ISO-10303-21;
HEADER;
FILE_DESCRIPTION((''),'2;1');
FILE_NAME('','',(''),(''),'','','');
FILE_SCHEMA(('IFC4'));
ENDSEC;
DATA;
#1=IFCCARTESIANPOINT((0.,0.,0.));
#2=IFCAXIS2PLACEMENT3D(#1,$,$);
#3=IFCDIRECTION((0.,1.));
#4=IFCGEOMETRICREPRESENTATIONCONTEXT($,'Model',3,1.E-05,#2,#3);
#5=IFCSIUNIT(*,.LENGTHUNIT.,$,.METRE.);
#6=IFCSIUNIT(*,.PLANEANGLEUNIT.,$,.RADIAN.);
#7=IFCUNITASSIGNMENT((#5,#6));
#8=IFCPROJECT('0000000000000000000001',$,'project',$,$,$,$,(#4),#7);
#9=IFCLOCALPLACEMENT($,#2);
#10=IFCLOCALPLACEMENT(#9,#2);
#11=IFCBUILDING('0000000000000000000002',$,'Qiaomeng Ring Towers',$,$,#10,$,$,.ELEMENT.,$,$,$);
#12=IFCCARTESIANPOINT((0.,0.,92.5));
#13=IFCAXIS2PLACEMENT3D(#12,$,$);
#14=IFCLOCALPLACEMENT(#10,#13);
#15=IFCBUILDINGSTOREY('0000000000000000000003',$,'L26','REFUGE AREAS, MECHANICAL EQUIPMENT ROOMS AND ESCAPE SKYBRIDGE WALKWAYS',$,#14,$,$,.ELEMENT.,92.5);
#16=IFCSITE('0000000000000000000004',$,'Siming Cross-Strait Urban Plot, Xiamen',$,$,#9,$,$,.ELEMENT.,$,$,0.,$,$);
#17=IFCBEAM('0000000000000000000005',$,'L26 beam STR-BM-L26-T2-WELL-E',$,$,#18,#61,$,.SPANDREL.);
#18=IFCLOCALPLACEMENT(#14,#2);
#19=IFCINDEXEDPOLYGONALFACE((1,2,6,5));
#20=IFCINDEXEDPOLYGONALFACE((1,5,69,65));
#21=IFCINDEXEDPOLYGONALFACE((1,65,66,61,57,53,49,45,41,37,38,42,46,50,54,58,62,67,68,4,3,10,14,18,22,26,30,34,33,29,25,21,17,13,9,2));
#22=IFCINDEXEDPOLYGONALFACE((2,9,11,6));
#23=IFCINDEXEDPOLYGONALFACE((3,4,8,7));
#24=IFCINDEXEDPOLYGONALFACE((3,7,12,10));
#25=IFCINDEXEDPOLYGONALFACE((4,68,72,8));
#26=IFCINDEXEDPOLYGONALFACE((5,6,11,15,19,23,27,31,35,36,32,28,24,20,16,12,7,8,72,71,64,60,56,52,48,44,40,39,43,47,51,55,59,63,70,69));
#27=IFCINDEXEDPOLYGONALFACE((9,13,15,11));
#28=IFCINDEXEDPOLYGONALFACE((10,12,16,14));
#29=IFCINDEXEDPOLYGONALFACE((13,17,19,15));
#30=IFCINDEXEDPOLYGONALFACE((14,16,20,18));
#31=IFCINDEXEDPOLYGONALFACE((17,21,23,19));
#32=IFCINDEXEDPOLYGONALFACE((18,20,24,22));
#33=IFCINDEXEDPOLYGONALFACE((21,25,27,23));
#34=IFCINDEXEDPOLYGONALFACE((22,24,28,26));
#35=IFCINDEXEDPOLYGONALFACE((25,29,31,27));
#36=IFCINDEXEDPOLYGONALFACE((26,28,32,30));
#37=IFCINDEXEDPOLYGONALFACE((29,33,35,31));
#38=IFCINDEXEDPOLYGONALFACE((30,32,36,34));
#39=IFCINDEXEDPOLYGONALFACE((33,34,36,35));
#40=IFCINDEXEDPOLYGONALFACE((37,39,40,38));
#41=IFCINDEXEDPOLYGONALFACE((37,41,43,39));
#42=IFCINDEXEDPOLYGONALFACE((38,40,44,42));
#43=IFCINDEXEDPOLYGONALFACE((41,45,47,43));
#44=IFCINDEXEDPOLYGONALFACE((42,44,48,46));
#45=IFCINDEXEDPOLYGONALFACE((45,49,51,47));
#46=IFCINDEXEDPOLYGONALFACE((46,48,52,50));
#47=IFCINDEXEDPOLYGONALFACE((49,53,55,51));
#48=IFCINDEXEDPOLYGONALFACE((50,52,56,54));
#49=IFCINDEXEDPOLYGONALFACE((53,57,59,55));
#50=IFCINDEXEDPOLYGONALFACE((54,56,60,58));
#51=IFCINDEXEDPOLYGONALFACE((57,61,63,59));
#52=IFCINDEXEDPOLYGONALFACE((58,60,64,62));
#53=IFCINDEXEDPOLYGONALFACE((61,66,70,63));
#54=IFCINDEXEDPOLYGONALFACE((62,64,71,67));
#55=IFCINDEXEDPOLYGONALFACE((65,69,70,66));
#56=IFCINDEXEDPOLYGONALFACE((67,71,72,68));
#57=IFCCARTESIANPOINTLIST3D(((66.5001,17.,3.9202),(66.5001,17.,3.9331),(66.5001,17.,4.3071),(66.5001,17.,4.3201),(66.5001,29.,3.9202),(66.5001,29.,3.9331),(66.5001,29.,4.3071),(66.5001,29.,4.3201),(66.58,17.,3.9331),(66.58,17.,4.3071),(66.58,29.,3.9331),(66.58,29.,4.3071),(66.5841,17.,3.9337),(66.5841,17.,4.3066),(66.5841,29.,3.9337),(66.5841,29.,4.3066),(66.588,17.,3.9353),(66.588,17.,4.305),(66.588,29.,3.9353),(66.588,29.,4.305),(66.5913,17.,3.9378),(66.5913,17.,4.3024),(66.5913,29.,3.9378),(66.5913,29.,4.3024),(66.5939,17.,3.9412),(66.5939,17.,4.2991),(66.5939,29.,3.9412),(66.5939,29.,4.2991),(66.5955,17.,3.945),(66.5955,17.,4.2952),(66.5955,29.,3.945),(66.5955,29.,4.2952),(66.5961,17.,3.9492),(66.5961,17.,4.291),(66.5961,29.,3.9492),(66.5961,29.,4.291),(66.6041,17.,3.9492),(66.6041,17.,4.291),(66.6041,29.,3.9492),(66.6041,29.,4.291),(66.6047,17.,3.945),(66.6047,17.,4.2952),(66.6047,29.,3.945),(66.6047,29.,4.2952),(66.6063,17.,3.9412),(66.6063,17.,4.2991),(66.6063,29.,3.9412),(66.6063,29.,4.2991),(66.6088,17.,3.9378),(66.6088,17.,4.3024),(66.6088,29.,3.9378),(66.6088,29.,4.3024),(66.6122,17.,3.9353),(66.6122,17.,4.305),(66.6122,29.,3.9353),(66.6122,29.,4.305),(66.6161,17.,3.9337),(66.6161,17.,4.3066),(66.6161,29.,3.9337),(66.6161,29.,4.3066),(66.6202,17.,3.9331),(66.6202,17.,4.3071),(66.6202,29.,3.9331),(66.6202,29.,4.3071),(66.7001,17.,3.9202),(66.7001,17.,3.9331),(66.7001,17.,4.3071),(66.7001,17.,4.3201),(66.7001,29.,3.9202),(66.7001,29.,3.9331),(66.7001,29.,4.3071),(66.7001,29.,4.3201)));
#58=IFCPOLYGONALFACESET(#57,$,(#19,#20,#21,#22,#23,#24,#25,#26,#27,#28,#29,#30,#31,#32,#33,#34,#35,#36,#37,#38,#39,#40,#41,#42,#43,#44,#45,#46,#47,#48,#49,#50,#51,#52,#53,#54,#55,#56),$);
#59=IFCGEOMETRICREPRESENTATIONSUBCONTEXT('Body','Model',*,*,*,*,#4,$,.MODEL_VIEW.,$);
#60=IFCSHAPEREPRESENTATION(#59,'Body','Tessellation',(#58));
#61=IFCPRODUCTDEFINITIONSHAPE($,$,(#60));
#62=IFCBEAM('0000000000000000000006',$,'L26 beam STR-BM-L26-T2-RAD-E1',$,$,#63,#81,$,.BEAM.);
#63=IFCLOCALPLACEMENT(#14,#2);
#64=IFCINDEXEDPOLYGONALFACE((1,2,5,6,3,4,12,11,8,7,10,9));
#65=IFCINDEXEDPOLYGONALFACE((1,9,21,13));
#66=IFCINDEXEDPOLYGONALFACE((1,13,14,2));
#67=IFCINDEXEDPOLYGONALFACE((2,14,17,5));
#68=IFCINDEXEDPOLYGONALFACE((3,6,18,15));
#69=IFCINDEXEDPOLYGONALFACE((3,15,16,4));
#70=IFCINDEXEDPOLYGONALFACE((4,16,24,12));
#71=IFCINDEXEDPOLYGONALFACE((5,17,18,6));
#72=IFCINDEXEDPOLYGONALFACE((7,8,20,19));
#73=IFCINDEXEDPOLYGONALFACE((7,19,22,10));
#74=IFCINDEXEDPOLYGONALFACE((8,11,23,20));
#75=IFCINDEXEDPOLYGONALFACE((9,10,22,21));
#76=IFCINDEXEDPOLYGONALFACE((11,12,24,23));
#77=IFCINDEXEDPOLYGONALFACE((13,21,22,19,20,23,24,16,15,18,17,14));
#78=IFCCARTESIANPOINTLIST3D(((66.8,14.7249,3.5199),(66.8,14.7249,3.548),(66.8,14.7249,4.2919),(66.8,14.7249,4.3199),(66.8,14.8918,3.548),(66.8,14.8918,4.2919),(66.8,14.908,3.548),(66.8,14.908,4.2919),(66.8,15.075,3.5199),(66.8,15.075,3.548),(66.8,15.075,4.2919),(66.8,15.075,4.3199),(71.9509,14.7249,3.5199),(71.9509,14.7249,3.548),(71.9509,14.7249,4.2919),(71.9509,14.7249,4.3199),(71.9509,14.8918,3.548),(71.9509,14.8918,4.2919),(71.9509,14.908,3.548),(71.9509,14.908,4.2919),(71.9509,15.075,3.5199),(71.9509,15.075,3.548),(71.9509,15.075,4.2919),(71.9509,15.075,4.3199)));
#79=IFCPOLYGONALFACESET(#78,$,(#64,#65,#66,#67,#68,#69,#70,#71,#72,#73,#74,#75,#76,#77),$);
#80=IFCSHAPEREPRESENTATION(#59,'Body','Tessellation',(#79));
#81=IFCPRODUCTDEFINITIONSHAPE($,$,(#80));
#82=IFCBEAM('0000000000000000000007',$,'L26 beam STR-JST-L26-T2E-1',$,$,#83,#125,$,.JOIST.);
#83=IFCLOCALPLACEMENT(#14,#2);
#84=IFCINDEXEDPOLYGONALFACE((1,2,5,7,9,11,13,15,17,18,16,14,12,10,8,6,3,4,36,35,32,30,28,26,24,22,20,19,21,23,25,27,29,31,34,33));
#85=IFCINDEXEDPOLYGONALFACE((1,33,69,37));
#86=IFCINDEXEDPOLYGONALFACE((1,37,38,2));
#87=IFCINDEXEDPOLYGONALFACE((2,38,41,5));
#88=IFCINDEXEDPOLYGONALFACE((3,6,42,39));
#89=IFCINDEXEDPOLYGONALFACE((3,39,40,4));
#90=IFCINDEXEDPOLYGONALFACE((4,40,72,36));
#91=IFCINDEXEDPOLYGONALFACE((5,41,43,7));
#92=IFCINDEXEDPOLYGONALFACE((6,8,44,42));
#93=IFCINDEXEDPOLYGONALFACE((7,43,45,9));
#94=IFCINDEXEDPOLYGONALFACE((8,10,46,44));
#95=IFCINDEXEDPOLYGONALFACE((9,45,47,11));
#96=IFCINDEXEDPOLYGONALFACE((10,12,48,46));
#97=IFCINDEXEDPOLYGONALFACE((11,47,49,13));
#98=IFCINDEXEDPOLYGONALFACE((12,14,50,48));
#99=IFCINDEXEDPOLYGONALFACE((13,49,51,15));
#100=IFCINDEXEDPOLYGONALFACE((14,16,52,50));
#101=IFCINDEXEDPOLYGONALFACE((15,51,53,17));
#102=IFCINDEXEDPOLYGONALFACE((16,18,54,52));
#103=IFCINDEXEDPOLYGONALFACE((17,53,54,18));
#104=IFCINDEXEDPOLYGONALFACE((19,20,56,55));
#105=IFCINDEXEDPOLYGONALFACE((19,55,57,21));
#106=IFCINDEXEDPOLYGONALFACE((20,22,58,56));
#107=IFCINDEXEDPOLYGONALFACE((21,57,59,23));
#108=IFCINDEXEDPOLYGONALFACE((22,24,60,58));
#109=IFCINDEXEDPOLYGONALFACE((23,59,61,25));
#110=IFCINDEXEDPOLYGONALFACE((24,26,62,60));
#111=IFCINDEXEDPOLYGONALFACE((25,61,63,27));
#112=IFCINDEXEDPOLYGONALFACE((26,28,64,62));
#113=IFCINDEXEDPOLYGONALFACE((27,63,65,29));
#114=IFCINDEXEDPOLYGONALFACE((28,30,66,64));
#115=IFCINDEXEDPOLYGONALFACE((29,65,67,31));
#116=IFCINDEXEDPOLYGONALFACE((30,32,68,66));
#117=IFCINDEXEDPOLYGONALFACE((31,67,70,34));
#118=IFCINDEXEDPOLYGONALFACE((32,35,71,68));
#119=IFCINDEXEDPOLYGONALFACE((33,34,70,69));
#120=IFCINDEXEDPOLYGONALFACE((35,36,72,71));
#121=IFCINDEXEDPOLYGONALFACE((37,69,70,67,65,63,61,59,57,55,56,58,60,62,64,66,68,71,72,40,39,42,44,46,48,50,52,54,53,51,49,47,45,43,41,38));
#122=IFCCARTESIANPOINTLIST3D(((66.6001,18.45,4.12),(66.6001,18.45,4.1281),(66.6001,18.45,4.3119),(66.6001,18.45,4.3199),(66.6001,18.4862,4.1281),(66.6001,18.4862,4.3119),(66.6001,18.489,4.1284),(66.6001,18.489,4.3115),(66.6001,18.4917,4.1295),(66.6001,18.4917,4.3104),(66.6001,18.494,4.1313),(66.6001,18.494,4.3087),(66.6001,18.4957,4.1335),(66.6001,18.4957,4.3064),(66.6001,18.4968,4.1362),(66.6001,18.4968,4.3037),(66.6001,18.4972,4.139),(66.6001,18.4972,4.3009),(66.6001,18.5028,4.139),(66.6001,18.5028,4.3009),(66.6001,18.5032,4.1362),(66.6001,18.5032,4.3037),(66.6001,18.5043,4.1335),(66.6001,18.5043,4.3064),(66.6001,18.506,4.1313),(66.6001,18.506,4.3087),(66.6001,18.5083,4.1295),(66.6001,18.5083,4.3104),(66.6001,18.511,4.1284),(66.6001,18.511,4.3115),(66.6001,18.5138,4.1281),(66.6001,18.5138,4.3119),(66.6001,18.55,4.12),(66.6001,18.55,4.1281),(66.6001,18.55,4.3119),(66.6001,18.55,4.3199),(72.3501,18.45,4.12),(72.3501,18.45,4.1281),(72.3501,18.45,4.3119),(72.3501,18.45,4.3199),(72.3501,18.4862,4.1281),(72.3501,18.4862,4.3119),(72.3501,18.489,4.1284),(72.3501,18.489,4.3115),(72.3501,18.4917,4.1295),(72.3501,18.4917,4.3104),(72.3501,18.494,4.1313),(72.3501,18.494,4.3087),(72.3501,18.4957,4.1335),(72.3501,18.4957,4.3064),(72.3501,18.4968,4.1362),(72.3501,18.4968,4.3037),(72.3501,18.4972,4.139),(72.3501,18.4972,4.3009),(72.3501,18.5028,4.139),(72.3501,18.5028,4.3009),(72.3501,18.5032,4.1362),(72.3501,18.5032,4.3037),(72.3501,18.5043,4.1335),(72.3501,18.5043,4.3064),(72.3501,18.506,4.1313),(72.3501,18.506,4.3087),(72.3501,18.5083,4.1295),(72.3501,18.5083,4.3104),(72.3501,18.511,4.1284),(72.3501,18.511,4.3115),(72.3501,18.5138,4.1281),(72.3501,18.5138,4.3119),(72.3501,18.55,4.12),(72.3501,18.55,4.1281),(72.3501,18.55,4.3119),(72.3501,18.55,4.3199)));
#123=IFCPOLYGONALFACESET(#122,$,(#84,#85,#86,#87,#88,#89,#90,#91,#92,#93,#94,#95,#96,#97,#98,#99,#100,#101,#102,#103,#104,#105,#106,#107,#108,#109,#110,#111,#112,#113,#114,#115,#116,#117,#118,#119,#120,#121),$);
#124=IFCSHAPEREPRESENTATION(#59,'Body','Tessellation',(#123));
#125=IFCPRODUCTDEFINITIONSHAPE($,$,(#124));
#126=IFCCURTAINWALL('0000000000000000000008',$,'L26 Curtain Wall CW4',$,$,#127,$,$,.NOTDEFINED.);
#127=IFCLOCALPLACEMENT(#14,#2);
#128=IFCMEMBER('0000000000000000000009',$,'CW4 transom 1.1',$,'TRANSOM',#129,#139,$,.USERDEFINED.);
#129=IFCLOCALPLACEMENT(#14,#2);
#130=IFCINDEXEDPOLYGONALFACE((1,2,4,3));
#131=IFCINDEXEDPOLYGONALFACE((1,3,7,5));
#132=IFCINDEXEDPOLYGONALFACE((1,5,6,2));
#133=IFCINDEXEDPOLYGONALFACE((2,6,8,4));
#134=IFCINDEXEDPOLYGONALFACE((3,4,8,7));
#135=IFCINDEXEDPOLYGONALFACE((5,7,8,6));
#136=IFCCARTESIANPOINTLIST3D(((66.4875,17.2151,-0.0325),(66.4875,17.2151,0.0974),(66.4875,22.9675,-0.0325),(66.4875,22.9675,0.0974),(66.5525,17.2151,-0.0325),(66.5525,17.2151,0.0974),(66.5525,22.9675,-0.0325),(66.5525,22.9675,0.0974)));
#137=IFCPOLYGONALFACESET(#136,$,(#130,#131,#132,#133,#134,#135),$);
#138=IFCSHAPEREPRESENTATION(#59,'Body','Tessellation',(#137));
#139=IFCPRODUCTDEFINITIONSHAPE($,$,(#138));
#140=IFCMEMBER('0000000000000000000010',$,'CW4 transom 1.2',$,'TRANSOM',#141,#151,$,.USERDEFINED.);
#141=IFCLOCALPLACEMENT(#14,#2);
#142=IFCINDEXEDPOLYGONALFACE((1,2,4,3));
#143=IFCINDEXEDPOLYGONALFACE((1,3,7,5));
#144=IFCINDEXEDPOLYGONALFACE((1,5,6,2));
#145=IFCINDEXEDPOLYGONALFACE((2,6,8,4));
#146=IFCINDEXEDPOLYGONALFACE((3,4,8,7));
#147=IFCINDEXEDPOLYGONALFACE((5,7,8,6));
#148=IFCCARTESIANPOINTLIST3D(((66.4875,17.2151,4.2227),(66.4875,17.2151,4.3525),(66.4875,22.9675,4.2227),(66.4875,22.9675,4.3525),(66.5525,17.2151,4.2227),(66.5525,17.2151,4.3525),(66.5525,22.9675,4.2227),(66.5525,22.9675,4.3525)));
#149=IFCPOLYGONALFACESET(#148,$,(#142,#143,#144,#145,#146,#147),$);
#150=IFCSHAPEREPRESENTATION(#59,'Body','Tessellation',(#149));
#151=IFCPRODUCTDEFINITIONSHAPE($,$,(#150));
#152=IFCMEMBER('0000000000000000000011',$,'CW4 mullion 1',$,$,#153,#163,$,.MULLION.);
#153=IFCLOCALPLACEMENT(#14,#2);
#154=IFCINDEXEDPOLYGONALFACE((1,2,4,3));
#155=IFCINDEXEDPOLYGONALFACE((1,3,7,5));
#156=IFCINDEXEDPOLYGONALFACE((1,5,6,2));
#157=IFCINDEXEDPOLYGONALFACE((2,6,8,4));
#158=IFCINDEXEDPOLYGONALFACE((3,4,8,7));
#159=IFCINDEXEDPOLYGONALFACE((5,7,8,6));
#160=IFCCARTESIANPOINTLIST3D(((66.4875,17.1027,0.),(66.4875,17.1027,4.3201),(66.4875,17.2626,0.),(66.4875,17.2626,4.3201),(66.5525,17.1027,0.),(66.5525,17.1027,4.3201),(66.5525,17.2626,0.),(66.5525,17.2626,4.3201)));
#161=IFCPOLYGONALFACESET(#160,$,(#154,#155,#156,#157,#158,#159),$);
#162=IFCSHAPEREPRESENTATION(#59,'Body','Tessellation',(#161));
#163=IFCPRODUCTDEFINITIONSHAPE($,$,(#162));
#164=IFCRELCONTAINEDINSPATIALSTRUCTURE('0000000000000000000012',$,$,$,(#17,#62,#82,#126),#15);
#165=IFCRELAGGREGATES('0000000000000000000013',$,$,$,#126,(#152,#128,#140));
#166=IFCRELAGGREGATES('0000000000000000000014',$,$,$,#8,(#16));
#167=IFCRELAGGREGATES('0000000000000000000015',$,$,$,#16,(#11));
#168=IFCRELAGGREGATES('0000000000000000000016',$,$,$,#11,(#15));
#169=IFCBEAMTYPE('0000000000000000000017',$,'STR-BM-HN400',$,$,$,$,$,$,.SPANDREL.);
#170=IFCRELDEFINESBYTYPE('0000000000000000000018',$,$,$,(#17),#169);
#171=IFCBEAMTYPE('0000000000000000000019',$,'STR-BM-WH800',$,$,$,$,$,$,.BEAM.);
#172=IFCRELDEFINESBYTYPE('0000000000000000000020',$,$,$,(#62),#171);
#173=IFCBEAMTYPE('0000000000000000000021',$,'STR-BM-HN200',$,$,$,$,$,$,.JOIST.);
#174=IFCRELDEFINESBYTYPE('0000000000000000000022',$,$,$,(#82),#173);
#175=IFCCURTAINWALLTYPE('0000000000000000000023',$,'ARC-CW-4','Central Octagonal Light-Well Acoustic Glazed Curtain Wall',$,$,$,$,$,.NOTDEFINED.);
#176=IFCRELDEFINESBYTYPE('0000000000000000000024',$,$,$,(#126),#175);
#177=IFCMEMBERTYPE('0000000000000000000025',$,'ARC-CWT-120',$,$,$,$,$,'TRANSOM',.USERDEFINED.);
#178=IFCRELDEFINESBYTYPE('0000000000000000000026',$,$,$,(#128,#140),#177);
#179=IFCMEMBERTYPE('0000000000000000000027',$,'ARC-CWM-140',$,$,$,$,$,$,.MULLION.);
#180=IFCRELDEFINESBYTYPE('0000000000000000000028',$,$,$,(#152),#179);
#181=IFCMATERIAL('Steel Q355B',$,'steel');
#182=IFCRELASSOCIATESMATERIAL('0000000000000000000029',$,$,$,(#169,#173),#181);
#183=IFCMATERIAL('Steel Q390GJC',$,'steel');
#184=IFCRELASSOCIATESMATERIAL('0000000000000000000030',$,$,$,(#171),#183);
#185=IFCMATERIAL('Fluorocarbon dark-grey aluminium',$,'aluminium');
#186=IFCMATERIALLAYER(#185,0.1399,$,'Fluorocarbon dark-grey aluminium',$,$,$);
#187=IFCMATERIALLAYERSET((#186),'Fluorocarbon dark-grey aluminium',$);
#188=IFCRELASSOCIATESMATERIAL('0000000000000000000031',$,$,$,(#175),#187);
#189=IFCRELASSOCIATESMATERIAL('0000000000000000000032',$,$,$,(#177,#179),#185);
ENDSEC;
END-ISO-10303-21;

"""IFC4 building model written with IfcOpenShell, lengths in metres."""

from ifc_helpers import new_model, si_unit, direction, frame, origin, origin_2d, place, context, subcontext, project, spatial, rectangle, i_section, extrude, source, transform, mapped, material, layer, layer_set, material_profile, profile_set, type_object, element, aggregate, save


model = new_model("IFC4")

# Units and contexts
model_context = context("Model", 3, precision=1e-05, world=origin(), true_north=direction((0.0, 1.0)))
body_context = subcontext(model_context, "Body", "Model", "MODEL_VIEW")
ifc_project = project(units=[si_unit("LENGTHUNIT", "METRE"), si_unit("PLANEANGLEUNIT", "RADIAN")], contexts=[model_context])

# Site, building, storey
site_placement = place(None, origin())
site = spatial("IfcSite", under=ifc_project, at=site_placement, Name="Siming Cross-Strait Urban Plot, Xiamen", CompositionType="ELEMENT", RefElevation=0.0)
building_placement = place(site_placement, origin())
building = spatial("IfcBuilding", under=site, at=building_placement, Name="Qiaomeng Ring Towers", CompositionType="ELEMENT")
storey_placement = place(building_placement, frame((0.0, 0.0, 92.5)))
storey = spatial("IfcBuildingStorey", under=building, at=storey_placement, Name="L26", Description="REFUGE AREAS, MECHANICAL EQUIPMENT ROOMS AND ESCAPE SKYBRIDGE WALKWAYS", CompositionType="ELEMENT", Elevation=92.5)

# Beams
ifc_material_1 = material(Name="Steel Q355B", Category="steel")
ifc_material_profile_1 = material_profile(ifc_material_1, i_section(OverallWidth=0.2, OverallDepth=0.3999, WebThickness=0.0081, FlangeThickness=0.0129, FilletRadius=0.0161, at=origin_2d()), Name="HN 400x200x8x13")
ifc_profile_set_1 = profile_set([ifc_material_profile_1], Name="Steel Q355B")
beam_type_1 = type_object("IfcBeamType", Name="STR-BM-HN400", PredefinedType="SPANDREL", material=ifc_profile_set_1)
shared_shape_1 = source(origin(), body_context, "Body", "SweptSolid", [
    extrude(i_section(OverallWidth=0.2, OverallDepth=0.3999, WebThickness=0.0081, FlangeThickness=0.0129, FilletRadius=0.0161, at=origin_2d()), origin(), (0.0, 0.0, 1.0), 12.0),
])
beam_1_placement = place(storey_placement, frame((66.6001, 17.0, 4.1201), z_axis=(0.0, 1.0, 0.0), x_axis=(-1.0, 0.0, 0.0)))
element("IfcBeam", 1, at=beam_1_placement, inside=storey, type_object=beam_type_1, Name="L26 beam STR-BM-L26-T2-WELL-E", PredefinedType="SPANDREL", context=body_context, shape_type="MappedRepresentation", body=[
    mapped(shared_shape_1, transform((0.0, 0.0, 0.0), x_axis=(1.0, 0.0, 0.0), y_axis=(0.0, 1.0, 0.0), z_axis=(0.0, 0.0, 1.0), scale=1.0)),
])
ifc_material_2 = material(Name="Steel Q390GJC", Category="steel")
ifc_material_profile_2 = material_profile(ifc_material_2, i_section(OverallWidth=0.3501, OverallDepth=0.8, WebThickness=0.0161, FlangeThickness=0.0281, at=origin_2d()), Name="WH 800x350x16x28")
ifc_profile_set_2 = profile_set([ifc_material_profile_2], Name="Steel Q390GJC")
beam_type_2 = type_object("IfcBeamType", Name="STR-BM-WH800", PredefinedType="BEAM", material=ifc_profile_set_2)
shared_shape_2 = source(origin(), body_context, "Body", "SweptSolid", [
    extrude(i_section(OverallWidth=0.3501, OverallDepth=0.8, WebThickness=0.0161, FlangeThickness=0.0281, at=origin_2d()), origin(), (0.0, 0.0, 1.0), 5.1509),
])
beam_2_placement = place(storey_placement, frame((66.8, 14.8999, 3.9199), z_axis=(1.0, 0.0, 0.0), x_axis=(0.0, 1.0, 0.0)))
element("IfcBeam", 2, at=beam_2_placement, inside=storey, type_object=beam_type_2, Name="L26 beam STR-BM-L26-T2-RAD-E1", PredefinedType="BEAM", context=body_context, shape_type="MappedRepresentation", body=[
    mapped(shared_shape_2, transform((0.0, 0.0, 0.0), x_axis=(1.0, 0.0, 0.0), y_axis=(0.0, 1.0, 0.0), z_axis=(0.0, 0.0, 1.0), scale=1.0)),
])
ifc_material_profile_3 = material_profile(ifc_material_1, i_section(OverallWidth=0.1001, OverallDepth=0.2, WebThickness=0.0056, FlangeThickness=0.0081, FilletRadius=0.011, at=origin_2d()), Name="HN 200x100x5.5x8")
ifc_profile_set_3 = profile_set([ifc_material_profile_3], Name="Steel Q355B")
beam_type_3 = type_object("IfcBeamType", Name="STR-BM-HN200", PredefinedType="JOIST", material=ifc_profile_set_3)
shared_shape_3 = source(origin(), body_context, "Body", "SweptSolid", [
    extrude(i_section(OverallWidth=0.1001, OverallDepth=0.2, WebThickness=0.0056, FlangeThickness=0.0081, FilletRadius=0.011, at=origin_2d()), origin(), (0.0, 0.0, 1.0), 5.75),
])
beam_3_placement = place(storey_placement, frame((66.6001, 18.5, 4.22), z_axis=(1.0, 0.0, 0.0), x_axis=(0.0, 1.0, 0.0)))
element("IfcBeam", 3, at=beam_3_placement, inside=storey, type_object=beam_type_3, Name="L26 beam STR-JST-L26-T2E-1", PredefinedType="JOIST", context=body_context, shape_type="MappedRepresentation", body=[
    mapped(shared_shape_3, transform((0.0, 0.0, 0.0), x_axis=(1.0, 0.0, 0.0), y_axis=(0.0, 1.0, 0.0), z_axis=(0.0, 0.0, 1.0), scale=1.0)),
])

# Curtain wall, members
ifc_material_3 = material(Name="Fluorocarbon dark-grey aluminium", Category="aluminium")
ifc_layer_1 = layer(ifc_material_3, 0.1399, Name="Fluorocarbon dark-grey aluminium")
ifc_layer_set_1 = layer_set([ifc_layer_1], Name="Fluorocarbon dark-grey aluminium")
curtain_wall_type_1 = type_object("IfcCurtainWallType", Name="ARC-CW-4", Description="Central Octagonal Light-Well Acoustic Glazed Curtain Wall", PredefinedType="NOTDEFINED", material=ifc_layer_set_1)
curtain_wall_1_placement = place(storey_placement, origin())
curtain_wall_1 = element("IfcCurtainWall", 4, at=curtain_wall_1_placement, inside=storey, type_object=curtain_wall_type_1, Name="L26 Curtain Wall CW4", PredefinedType="NOTDEFINED")
ifc_material_profile_4 = material_profile(ifc_material_3, rectangle(XDim=0.0649, YDim=0.1299, at=origin_2d()), Name="ALU TRAN 65x130")
ifc_profile_set_4 = profile_set([ifc_material_profile_4], Name="Fluorocarbon dark-grey aluminium")
member_type_1 = type_object("IfcMemberType", Name="ARC-CWT-120", ElementType="TRANSOM", PredefinedType="USERDEFINED", material=ifc_profile_set_4)
shared_shape_4 = source(origin(), body_context, "Body", "SweptSolid", [
    extrude(rectangle(XDim=0.0649, YDim=0.1299, at=origin_2d()), origin(), (0.0, 0.0, 1.0), 5.7524),
])
member_1_placement = place(storey_placement, frame((66.52, 17.2151, 0.0325), z_axis=(0.0, 1.0, 0.0), x_axis=(-1.0, 0.0, 0.0)))
member_1 = element("IfcMember", 5, at=member_1_placement, type_object=member_type_1, Name="CW4 transom 1.1", ObjectType="TRANSOM", PredefinedType="USERDEFINED", context=body_context, shape_type="MappedRepresentation", body=[
    mapped(shared_shape_4, transform((0.0, 0.0, 0.0), x_axis=(1.0, 0.0, 0.0), y_axis=(0.0, 1.0, 0.0), z_axis=(0.0, 0.0, 1.0), scale=1.0)),
])
member_2_placement = place(storey_placement, frame((66.52, 17.2151, 4.2876), z_axis=(0.0, 1.0, 0.0), x_axis=(-1.0, 0.0, 0.0)))
member_2 = element("IfcMember", 6, at=member_2_placement, type_object=member_type_1, Name="CW4 transom 1.2", ObjectType="TRANSOM", PredefinedType="USERDEFINED", context=body_context, shape_type="MappedRepresentation", body=[
    mapped(shared_shape_4, transform((0.0, 0.0, 0.0), x_axis=(1.0, 0.0, 0.0), y_axis=(0.0, 1.0, 0.0), z_axis=(0.0, 0.0, 1.0), scale=1.0)),
])
ifc_material_profile_5 = material_profile(ifc_material_3, rectangle(XDim=0.0649, YDim=0.1599, at=origin_2d()), Name="ALU MULL 65x160")
ifc_profile_set_5 = profile_set([ifc_material_profile_5], Name="Fluorocarbon dark-grey aluminium")
member_type_2 = type_object("IfcMemberType", Name="ARC-CWM-140", PredefinedType="MULLION", material=ifc_profile_set_5)
shared_shape_5 = source(origin(), body_context, "Body", "SweptSolid", [
    extrude(rectangle(XDim=0.0649, YDim=0.1599, at=origin_2d()), origin(), (0.0, 0.0, 1.0), 4.3201),
])
member_3_placement = place(storey_placement, frame((66.52, 17.1826, 0.0), z_axis=(0.0, 0.0, 1.0), x_axis=(-1.0, 0.0, 0.0)))
member_3 = element("IfcMember", 7, at=member_3_placement, type_object=member_type_2, Name="CW4 mullion 1", PredefinedType="MULLION", context=body_context, shape_type="MappedRepresentation", body=[
    mapped(shared_shape_5, transform((0.0, 0.0, 0.0), x_axis=(1.0, 0.0, 0.0), y_axis=(0.0, 1.0, 0.0), z_axis=(0.0, 0.0, 1.0), scale=1.0)),
])
aggregate(curtain_wall_1, [member_3, member_1, member_2])

save(model, "model.ifc")
